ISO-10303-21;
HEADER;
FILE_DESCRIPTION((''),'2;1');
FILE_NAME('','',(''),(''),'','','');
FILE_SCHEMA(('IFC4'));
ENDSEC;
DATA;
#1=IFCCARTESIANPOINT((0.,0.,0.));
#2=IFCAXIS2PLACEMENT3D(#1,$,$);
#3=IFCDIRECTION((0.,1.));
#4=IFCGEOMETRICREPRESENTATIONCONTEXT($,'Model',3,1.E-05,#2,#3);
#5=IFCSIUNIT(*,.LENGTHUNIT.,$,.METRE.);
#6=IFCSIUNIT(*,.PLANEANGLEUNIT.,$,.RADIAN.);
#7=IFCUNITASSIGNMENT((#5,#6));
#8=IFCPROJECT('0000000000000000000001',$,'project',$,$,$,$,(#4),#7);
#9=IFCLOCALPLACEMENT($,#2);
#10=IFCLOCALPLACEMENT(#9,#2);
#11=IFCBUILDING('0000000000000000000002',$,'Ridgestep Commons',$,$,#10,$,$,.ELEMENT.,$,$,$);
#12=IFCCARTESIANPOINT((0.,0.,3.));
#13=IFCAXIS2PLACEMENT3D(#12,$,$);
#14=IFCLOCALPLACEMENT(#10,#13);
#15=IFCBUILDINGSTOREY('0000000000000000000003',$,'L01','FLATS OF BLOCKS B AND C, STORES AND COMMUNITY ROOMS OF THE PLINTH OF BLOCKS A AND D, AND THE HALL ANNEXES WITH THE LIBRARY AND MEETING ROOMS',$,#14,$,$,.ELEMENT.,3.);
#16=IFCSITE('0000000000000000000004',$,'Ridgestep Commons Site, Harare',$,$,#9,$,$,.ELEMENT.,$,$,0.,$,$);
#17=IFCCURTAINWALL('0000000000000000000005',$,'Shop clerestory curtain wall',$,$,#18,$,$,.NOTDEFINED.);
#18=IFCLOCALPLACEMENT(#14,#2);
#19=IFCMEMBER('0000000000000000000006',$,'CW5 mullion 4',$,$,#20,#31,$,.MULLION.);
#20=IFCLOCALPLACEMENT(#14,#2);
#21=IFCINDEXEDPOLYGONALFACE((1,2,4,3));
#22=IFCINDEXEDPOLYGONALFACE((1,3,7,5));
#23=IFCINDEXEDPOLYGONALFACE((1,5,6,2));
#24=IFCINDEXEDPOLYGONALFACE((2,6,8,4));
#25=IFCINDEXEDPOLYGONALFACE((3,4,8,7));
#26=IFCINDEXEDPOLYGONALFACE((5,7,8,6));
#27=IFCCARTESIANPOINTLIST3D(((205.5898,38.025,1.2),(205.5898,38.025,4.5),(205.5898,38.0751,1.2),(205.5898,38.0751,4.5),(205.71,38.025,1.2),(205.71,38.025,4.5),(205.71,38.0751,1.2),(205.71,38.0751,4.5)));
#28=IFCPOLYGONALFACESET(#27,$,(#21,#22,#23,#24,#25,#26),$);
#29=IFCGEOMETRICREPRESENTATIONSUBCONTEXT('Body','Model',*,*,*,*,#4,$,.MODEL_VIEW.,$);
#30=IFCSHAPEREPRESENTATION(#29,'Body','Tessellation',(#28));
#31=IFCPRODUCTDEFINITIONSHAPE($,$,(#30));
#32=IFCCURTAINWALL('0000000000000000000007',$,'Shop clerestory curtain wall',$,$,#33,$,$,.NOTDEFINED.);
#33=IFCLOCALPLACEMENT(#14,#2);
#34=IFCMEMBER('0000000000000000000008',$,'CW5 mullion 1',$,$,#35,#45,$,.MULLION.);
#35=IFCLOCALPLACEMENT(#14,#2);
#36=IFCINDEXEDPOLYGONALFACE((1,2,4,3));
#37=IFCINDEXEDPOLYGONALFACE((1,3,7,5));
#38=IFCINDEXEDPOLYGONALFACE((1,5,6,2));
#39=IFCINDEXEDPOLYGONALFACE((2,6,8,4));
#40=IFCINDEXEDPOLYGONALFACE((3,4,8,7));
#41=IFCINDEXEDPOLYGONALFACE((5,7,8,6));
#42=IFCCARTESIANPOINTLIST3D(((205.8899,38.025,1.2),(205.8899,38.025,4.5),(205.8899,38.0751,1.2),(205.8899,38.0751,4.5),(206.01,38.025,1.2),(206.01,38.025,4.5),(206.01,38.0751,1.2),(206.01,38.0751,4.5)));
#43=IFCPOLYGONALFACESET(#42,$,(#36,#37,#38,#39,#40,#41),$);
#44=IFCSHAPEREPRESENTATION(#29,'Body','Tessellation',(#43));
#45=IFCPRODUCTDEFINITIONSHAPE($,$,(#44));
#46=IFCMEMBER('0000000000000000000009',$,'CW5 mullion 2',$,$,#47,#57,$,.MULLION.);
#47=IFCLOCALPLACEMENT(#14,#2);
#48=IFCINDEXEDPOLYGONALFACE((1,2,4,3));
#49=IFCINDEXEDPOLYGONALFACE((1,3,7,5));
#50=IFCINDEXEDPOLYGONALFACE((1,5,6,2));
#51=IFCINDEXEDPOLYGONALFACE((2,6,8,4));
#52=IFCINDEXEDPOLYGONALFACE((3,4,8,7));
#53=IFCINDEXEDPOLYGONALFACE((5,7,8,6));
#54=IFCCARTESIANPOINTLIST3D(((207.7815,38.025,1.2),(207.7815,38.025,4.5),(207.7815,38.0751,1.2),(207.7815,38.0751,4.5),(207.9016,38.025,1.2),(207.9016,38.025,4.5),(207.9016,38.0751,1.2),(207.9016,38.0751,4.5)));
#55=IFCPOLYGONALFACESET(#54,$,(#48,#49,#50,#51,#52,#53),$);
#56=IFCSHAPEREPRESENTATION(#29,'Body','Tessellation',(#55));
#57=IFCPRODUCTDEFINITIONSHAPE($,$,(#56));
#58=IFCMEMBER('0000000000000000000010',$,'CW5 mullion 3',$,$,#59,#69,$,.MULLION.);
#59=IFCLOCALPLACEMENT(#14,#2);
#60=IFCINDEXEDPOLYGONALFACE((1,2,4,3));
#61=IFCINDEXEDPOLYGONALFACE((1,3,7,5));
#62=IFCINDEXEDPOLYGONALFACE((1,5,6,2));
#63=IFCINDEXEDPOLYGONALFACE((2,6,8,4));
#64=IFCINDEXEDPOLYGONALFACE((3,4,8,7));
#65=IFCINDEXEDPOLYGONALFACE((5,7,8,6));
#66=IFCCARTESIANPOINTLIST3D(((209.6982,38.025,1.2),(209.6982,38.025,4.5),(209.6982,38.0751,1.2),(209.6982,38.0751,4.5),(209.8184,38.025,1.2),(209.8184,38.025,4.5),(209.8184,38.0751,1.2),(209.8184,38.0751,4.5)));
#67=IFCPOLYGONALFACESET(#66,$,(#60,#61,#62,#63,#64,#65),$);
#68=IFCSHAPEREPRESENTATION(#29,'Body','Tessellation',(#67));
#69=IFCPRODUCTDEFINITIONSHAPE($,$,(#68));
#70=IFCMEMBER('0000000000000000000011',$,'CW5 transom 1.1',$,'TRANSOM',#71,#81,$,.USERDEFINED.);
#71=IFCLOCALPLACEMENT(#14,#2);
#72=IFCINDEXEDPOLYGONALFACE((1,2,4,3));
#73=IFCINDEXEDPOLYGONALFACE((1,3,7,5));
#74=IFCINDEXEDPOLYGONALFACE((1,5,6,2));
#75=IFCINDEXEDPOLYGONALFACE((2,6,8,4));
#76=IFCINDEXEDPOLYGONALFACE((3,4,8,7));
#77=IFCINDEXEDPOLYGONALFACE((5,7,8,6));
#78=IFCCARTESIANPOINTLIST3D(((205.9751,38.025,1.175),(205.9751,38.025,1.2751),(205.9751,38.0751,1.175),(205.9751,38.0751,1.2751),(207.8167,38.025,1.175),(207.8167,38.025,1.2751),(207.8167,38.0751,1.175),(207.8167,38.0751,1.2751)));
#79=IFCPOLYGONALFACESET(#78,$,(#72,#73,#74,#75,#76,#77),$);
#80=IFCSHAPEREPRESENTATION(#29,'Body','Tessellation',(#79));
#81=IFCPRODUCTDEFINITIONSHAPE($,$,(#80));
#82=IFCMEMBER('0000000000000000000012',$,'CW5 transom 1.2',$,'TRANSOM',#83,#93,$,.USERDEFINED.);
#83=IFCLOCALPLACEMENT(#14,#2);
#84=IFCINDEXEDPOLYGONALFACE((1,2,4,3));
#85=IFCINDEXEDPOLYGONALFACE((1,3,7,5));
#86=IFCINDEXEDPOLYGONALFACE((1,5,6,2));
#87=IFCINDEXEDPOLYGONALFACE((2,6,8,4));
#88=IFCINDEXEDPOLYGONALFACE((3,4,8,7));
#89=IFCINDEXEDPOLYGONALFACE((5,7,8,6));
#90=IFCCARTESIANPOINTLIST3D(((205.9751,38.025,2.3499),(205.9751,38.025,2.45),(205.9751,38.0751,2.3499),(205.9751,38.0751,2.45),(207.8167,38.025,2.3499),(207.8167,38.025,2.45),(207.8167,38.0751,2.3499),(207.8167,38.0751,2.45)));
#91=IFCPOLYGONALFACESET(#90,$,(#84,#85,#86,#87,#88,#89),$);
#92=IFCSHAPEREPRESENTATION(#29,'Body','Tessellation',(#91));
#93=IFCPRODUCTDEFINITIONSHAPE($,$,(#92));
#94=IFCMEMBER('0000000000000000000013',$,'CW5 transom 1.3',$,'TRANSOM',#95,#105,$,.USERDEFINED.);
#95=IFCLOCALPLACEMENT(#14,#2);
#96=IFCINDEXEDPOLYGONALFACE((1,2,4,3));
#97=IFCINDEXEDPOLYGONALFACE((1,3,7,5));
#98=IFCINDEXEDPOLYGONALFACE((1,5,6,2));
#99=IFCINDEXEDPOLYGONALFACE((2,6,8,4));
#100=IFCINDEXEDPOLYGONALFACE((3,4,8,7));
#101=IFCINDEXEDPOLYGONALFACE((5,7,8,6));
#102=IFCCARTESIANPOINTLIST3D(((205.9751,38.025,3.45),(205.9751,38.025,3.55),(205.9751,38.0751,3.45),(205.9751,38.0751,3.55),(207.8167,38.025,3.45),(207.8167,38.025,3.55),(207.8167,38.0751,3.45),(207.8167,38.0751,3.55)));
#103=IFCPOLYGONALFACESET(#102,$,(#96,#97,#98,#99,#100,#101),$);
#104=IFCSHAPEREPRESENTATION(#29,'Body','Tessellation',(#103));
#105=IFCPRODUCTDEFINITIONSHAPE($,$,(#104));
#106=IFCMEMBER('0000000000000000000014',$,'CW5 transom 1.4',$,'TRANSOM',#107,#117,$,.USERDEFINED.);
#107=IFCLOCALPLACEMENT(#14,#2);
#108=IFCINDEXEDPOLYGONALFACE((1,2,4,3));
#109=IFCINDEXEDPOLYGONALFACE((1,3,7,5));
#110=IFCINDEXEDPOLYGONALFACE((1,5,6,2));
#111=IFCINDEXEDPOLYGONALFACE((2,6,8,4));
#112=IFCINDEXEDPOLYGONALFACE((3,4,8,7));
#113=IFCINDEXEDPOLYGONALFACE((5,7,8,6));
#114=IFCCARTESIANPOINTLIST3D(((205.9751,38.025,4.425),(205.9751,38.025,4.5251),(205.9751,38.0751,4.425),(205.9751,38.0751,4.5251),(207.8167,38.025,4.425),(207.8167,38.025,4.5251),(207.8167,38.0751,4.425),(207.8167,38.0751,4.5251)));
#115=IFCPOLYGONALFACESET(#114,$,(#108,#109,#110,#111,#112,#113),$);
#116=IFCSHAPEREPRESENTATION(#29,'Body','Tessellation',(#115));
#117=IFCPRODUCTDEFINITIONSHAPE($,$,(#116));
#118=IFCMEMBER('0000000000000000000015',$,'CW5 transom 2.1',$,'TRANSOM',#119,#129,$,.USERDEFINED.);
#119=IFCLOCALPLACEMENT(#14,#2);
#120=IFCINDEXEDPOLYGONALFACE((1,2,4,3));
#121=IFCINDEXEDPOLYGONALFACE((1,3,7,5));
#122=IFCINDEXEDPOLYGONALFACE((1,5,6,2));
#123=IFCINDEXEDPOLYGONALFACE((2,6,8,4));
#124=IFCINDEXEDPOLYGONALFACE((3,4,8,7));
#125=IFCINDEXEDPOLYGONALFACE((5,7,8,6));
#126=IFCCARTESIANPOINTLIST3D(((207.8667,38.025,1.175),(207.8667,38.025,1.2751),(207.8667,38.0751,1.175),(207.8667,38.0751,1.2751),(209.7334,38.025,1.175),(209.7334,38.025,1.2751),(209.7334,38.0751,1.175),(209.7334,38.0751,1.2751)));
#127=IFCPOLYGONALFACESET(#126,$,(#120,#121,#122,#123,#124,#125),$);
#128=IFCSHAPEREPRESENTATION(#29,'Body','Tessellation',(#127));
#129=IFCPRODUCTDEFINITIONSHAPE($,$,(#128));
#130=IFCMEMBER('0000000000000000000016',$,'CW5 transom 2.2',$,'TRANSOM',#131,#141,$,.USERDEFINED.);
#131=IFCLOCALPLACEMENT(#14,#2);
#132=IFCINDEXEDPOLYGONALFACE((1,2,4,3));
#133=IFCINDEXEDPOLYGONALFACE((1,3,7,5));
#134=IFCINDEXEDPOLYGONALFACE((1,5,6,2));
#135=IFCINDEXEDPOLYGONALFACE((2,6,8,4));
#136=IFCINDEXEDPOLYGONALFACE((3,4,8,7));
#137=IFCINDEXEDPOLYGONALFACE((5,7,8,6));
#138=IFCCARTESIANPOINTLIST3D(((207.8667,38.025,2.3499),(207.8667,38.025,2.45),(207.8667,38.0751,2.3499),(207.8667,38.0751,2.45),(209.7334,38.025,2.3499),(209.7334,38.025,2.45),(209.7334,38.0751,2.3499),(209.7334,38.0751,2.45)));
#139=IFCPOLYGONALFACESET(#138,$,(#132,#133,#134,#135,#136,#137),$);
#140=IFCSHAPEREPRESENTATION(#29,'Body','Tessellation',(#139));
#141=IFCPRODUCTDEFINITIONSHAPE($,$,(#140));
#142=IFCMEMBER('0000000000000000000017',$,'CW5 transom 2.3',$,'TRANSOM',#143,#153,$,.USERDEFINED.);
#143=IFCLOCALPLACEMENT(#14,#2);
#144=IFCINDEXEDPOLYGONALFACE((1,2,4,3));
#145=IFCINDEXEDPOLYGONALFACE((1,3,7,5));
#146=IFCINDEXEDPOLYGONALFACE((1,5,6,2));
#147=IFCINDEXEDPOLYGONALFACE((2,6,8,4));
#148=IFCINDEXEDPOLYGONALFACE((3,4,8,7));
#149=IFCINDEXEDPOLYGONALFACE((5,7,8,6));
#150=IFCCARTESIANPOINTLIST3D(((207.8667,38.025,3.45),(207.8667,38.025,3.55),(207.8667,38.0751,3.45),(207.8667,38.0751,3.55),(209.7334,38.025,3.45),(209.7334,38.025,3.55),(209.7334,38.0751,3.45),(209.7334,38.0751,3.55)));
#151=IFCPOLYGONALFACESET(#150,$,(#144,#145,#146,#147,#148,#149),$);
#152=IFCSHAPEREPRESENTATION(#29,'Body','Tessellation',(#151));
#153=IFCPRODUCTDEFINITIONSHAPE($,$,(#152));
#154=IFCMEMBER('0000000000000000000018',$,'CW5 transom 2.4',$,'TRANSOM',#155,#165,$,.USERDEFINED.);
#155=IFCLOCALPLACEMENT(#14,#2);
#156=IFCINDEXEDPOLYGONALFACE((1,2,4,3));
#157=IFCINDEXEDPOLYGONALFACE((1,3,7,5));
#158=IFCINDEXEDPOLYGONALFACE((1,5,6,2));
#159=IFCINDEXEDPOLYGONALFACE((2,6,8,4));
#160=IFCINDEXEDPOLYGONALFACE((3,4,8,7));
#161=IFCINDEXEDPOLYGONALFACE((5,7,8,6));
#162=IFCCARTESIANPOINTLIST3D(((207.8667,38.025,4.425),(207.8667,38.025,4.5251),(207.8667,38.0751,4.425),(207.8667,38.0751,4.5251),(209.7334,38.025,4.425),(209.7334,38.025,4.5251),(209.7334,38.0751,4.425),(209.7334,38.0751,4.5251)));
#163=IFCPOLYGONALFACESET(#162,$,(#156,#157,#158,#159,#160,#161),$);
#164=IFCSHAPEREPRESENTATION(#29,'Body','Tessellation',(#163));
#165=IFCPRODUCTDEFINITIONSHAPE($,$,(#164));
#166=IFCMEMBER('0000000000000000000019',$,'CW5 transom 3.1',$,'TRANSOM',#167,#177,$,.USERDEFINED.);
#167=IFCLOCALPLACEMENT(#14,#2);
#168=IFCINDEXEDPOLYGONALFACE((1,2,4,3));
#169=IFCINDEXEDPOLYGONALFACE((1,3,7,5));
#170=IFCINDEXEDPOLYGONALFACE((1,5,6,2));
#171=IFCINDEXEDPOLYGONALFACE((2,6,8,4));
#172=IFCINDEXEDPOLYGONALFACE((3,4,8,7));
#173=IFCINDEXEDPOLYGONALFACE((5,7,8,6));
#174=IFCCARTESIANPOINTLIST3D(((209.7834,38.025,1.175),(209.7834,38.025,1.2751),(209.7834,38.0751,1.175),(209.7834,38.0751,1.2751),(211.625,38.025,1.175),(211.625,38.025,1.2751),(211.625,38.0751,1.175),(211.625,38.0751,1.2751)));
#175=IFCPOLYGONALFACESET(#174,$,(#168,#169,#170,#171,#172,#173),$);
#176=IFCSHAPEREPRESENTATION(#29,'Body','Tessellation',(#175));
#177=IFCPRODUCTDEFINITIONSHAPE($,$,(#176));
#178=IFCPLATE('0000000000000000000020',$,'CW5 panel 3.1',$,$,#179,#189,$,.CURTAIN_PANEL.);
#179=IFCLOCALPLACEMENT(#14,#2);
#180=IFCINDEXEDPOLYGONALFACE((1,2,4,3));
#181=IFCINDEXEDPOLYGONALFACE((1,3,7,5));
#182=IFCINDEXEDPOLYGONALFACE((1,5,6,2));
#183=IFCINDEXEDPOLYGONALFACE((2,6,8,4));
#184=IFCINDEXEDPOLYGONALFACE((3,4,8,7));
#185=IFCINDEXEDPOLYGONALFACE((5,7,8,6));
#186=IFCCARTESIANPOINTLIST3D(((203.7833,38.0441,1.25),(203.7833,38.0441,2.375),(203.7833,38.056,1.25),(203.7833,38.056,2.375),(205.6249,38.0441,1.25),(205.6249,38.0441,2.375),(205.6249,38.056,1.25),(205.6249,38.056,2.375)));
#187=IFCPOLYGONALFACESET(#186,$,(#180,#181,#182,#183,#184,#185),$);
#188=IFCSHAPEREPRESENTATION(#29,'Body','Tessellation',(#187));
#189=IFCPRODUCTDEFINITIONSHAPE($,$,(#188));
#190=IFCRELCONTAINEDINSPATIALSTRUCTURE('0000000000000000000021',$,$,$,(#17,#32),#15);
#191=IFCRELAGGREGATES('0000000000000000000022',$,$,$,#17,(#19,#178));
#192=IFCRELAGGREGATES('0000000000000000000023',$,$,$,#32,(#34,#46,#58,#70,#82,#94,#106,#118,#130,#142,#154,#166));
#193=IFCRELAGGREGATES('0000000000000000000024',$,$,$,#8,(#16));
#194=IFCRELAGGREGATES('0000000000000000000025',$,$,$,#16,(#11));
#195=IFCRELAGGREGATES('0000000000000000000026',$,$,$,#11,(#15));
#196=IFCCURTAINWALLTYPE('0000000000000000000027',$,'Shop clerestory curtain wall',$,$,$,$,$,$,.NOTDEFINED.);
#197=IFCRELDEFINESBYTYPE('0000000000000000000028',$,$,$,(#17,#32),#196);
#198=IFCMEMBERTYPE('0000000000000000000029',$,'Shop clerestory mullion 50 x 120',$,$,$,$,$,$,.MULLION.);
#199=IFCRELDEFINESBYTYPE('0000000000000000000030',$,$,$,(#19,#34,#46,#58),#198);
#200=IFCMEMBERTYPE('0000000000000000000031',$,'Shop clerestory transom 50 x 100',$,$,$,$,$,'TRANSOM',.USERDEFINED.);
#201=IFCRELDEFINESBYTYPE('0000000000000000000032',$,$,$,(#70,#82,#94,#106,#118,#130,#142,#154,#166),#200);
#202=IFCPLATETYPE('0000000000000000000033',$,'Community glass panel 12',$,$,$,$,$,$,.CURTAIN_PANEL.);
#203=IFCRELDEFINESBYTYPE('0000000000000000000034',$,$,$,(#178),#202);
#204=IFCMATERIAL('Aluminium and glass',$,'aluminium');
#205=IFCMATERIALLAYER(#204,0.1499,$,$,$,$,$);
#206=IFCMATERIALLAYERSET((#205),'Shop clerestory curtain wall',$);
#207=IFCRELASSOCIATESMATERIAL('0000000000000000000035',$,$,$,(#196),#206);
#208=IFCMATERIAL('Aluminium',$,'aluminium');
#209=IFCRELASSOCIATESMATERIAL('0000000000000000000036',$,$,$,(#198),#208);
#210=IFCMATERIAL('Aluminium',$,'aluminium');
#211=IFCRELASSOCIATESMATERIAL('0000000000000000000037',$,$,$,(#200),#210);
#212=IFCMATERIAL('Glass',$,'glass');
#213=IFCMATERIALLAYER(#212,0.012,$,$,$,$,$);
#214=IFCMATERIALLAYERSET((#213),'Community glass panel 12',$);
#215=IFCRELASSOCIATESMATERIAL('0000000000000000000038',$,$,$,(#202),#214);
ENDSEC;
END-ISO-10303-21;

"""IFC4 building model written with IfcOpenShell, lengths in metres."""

from ifc_helpers import new_model, si_unit, direction, frame, origin, origin_2d, place, context, subcontext, project, spatial, rectangle, extrude, material, layer, layer_set, material_profile, profile_set, type_object, element, aggregate, save


model = new_model("IFC4")

# Units and contexts
model_context = context("Model", 3, precision=1e-05, world=origin(), true_north=direction((0.0, 1.0)))
body_context = subcontext(model_context, "Body", "Model", "MODEL_VIEW")
ifc_project = project(units=[si_unit("LENGTHUNIT", "METRE"), si_unit("PLANEANGLEUNIT", "RADIAN")], contexts=[model_context])

# Site, building, storey
site_placement = place(None, origin())
site = spatial("IfcSite", under=ifc_project, at=site_placement, Name="Ridgestep Commons Site, Harare", CompositionType="ELEMENT", RefElevation=0.0)
building_placement = place(site_placement, origin())
building = spatial("IfcBuilding", under=site, at=building_placement, Name="Ridgestep Commons", CompositionType="ELEMENT")
storey_placement = place(building_placement, frame((0.0, 0.0, 3.0)))
storey = spatial("IfcBuildingStorey", under=building, at=storey_placement, Name="L01", Description="FLATS OF BLOCKS B AND C, STORES AND COMMUNITY ROOMS OF THE PLINTH OF BLOCKS A AND D, AND THE HALL ANNEXES WITH THE LIBRARY AND MEETING ROOMS", CompositionType="ELEMENT", Elevation=3.0)

# Curtain wall, member
ifc_material_1 = material(Name="Aluminium and glass", Category="aluminium")
ifc_layer_1 = layer(ifc_material_1, 0.1499)
ifc_layer_set_1 = layer_set([ifc_layer_1], Name="Shop clerestory curtain wall")
curtain_wall_type = type_object("IfcCurtainWallType", Name="Shop clerestory curtain wall", PredefinedType="NOTDEFINED", material=ifc_layer_set_1)
curtain_wall_1_placement = place(storey_placement, origin())
curtain_wall_1 = element("IfcCurtainWall", 1, at=curtain_wall_1_placement, inside=storey, type_object=curtain_wall_type, Name="Shop clerestory curtain wall", PredefinedType="NOTDEFINED")
ifc_material_2 = material(Name="Aluminium", Category="aluminium")
ifc_material_profile_1 = material_profile(ifc_material_2, rectangle(XDim=0.05, YDim=0.1201, at=origin_2d()), Name="Shop clerestory mullion 50 x 120")
ifc_profile_set_1 = profile_set([ifc_material_profile_1], Name="Aluminium")
member_type_1 = type_object("IfcMemberType", Name="Shop clerestory mullion 50 x 120", PredefinedType="MULLION", material=ifc_profile_set_1)
member_1_placement = place(storey_placement, frame((205.6499, 38.05, 1.2), z_axis=(0.0, 0.0, 1.0), x_axis=(0.0, 1.0, 0.0)))
member_1 = element("IfcMember", 2, at=member_1_placement, type_object=member_type_1, Name="CW5 mullion 4", PredefinedType="MULLION", context=body_context, shape_type="SweptSolid", body=[
    extrude(rectangle(XDim=0.05, YDim=0.1201, at=origin_2d()), origin(), (0.0, 0.0, 1.0), 3.3),
])

# Curtain wall, members
curtain_wall_2_placement = place(storey_placement, origin())
curtain_wall_2 = element("IfcCurtainWall", 3, at=curtain_wall_2_placement, inside=storey, type_object=curtain_wall_type, Name="Shop clerestory curtain wall", PredefinedType="NOTDEFINED")
member_2_placement = place(storey_placement, frame((205.95, 38.05, 1.2), z_axis=(0.0, 0.0, 1.0), x_axis=(0.0, 1.0, 0.0)))
member_2 = element("IfcMember", 4, at=member_2_placement, type_object=member_type_1, Name="CW5 mullion 1", PredefinedType="MULLION", context=body_context, shape_type="SweptSolid", body=[
    extrude(rectangle(XDim=0.05, YDim=0.1201, at=origin_2d()), origin(), (0.0, 0.0, 1.0), 3.3),
])
member_3_placement = place(storey_placement, frame((207.8416, 38.05, 1.2), z_axis=(0.0, 0.0, 1.0), x_axis=(0.0, 1.0, 0.0)))
member_3 = element("IfcMember", 5, at=member_3_placement, type_object=member_type_1, Name="CW5 mullion 2", PredefinedType="MULLION", context=body_context, shape_type="SweptSolid", body=[
    extrude(rectangle(XDim=0.05, YDim=0.1201, at=origin_2d()), origin(), (0.0, 0.0, 1.0), 3.3),
])
member_4_placement = place(storey_placement, frame((209.7583, 38.05, 1.2), z_axis=(0.0, 0.0, 1.0), x_axis=(0.0, 1.0, 0.0)))
member_4 = element("IfcMember", 6, at=member_4_placement, type_object=member_type_1, Name="CW5 mullion 3", PredefinedType="MULLION", context=body_context, shape_type="SweptSolid", body=[
    extrude(rectangle(XDim=0.05, YDim=0.1201, at=origin_2d()), origin(), (0.0, 0.0, 1.0), 3.3),
])
ifc_material_3 = material(Name="Aluminium", Category="aluminium")
ifc_material_profile_2 = material_profile(ifc_material_3, rectangle(XDim=0.05, YDim=0.1001, at=origin_2d()), Name="Shop clerestory transom 50 x 100")
ifc_profile_set_2 = profile_set([ifc_material_profile_2], Name="Aluminium")
member_type_2 = type_object("IfcMemberType", Name="Shop clerestory transom 50 x 100", ElementType="TRANSOM", PredefinedType="USERDEFINED", material=ifc_profile_set_2)
member_5_placement = place(storey_placement, frame((205.9751, 38.05, 1.2251), z_axis=(1.0, 0.0, 0.0), x_axis=(0.0, 1.0, 0.0)))
member_5 = element("IfcMember", 7, at=member_5_placement, type_object=member_type_2, Name="CW5 transom 1.1", ObjectType="TRANSOM", PredefinedType="USERDEFINED", context=body_context, shape_type="SweptSolid", body=[
    extrude(rectangle(XDim=0.05, YDim=0.1001, at=origin_2d()), origin(), (0.0, 0.0, 1.0), 1.8416),
])
member_6_placement = place(storey_placement, frame((205.9751, 38.05, 2.3999), z_axis=(1.0, 0.0, 0.0), x_axis=(0.0, 1.0, 0.0)))
member_6 = element("IfcMember", 8, at=member_6_placement, type_object=member_type_2, Name="CW5 transom 1.2", ObjectType="TRANSOM", PredefinedType="USERDEFINED", context=body_context, shape_type="SweptSolid", body=[
    extrude(rectangle(XDim=0.05, YDim=0.1001, at=origin_2d()), origin(), (0.0, 0.0, 1.0), 1.8416),
])
member_7_placement = place(storey_placement, frame((205.9751, 38.05, 3.5), z_axis=(1.0, 0.0, 0.0), x_axis=(0.0, 1.0, 0.0)))
member_7 = element("IfcMember", 9, at=member_7_placement, type_object=member_type_2, Name="CW5 transom 1.3", ObjectType="TRANSOM", PredefinedType="USERDEFINED", context=body_context, shape_type="SweptSolid", body=[
    extrude(rectangle(XDim=0.05, YDim=0.1001, at=origin_2d()), origin(), (0.0, 0.0, 1.0), 1.8416),
])
member_8_placement = place(storey_placement, frame((205.9751, 38.05, 4.4751), z_axis=(1.0, 0.0, 0.0), x_axis=(0.0, 1.0, 0.0)))
member_8 = element("IfcMember", 10, at=member_8_placement, type_object=member_type_2, Name="CW5 transom 1.4", ObjectType="TRANSOM", PredefinedType="USERDEFINED", context=body_context, shape_type="SweptSolid", body=[
    extrude(rectangle(XDim=0.05, YDim=0.1001, at=origin_2d()), origin(), (0.0, 0.0, 1.0), 1.8416),
])
member_9_placement = place(storey_placement, frame((207.8667, 38.05, 1.2251), z_axis=(1.0, 0.0, 0.0), x_axis=(0.0, 1.0, 0.0)))
member_9 = element("IfcMember", 11, at=member_9_placement, type_object=member_type_2, Name="CW5 transom 2.1", ObjectType="TRANSOM", PredefinedType="USERDEFINED", context=body_context, shape_type="SweptSolid", body=[
    extrude(rectangle(XDim=0.05, YDim=0.1001, at=origin_2d()), origin(), (0.0, 0.0, 1.0), 1.8667),
])
member_10_placement = place(storey_placement, frame((207.8667, 38.05, 2.3999), z_axis=(1.0, 0.0, 0.0), x_axis=(0.0, 1.0, 0.0)))
member_10 = element("IfcMember", 12, at=member_10_placement, type_object=member_type_2, Name="CW5 transom 2.2", ObjectType="TRANSOM", PredefinedType="USERDEFINED", context=body_context, shape_type="SweptSolid", body=[
    extrude(rectangle(XDim=0.05, YDim=0.1001, at=origin_2d()), origin(), (0.0, 0.0, 1.0), 1.8667),
])
member_11_placement = place(storey_placement, frame((207.8667, 38.05, 3.5), z_axis=(1.0, 0.0, 0.0), x_axis=(0.0, 1.0, 0.0)))
member_11 = element("IfcMember", 13, at=member_11_placement, type_object=member_type_2, Name="CW5 transom 2.3", ObjectType="TRANSOM", PredefinedType="USERDEFINED", context=body_context, shape_type="SweptSolid", body=[
    extrude(rectangle(XDim=0.05, YDim=0.1001, at=origin_2d()), origin(), (0.0, 0.0, 1.0), 1.8667),
])
member_12_placement = place(storey_placement, frame((207.8667, 38.05, 4.4751), z_axis=(1.0, 0.0, 0.0), x_axis=(0.0, 1.0, 0.0)))
member_12 = element("IfcMember", 14, at=member_12_placement, type_object=member_type_2, Name="CW5 transom 2.4", ObjectType="TRANSOM", PredefinedType="USERDEFINED", context=body_context, shape_type="SweptSolid", body=[
    extrude(rectangle(XDim=0.05, YDim=0.1001, at=origin_2d()), origin(), (0.0, 0.0, 1.0), 1.8667),
])
member_13_placement = place(storey_placement, frame((209.7834, 38.05, 1.2251), z_axis=(1.0, 0.0, 0.0), x_axis=(0.0, 1.0, 0.0)))
member_13 = element("IfcMember", 15, at=member_13_placement, type_object=member_type_2, Name="CW5 transom 3.1", ObjectType="TRANSOM", PredefinedType="USERDEFINED", context=body_context, shape_type="SweptSolid", body=[
    extrude(rectangle(XDim=0.05, YDim=0.1001, at=origin_2d()), origin(), (0.0, 0.0, 1.0), 1.8416),
])

# Plate
ifc_material_4 = material(Name="Glass", Category="glass")
ifc_layer_2 = layer(ifc_material_4, 0.012)
ifc_layer_set_2 = layer_set([ifc_layer_2], Name="Community glass panel 12")
plate_type = type_object("IfcPlateType", Name="Community glass panel 12", PredefinedType="CURTAIN_PANEL", material=ifc_layer_set_2)
plate_1_placement = place(storey_placement, frame((204.7041, 38.05, 1.25), z_axis=(0.0, 0.0, 1.0), x_axis=(1.0, 0.0, 0.0)))
plate_1 = element("IfcPlate", 16, at=plate_1_placement, type_object=plate_type, Name="CW5 panel 3.1", PredefinedType="CURTAIN_PANEL", context=body_context, shape_type="SweptSolid", body=[
    extrude(rectangle(XDim=1.8416, YDim=0.012, at=origin_2d()), origin(), (0.0, 0.0, 1.0), 1.125),
])
aggregate(curtain_wall_1, [member_1, plate_1])
aggregate(curtain_wall_2, [member_2, member_3, member_4, member_5, member_6, member_7, member_8, member_9, member_10, member_11, member_12, member_13])

save(model, "model.ifc")
